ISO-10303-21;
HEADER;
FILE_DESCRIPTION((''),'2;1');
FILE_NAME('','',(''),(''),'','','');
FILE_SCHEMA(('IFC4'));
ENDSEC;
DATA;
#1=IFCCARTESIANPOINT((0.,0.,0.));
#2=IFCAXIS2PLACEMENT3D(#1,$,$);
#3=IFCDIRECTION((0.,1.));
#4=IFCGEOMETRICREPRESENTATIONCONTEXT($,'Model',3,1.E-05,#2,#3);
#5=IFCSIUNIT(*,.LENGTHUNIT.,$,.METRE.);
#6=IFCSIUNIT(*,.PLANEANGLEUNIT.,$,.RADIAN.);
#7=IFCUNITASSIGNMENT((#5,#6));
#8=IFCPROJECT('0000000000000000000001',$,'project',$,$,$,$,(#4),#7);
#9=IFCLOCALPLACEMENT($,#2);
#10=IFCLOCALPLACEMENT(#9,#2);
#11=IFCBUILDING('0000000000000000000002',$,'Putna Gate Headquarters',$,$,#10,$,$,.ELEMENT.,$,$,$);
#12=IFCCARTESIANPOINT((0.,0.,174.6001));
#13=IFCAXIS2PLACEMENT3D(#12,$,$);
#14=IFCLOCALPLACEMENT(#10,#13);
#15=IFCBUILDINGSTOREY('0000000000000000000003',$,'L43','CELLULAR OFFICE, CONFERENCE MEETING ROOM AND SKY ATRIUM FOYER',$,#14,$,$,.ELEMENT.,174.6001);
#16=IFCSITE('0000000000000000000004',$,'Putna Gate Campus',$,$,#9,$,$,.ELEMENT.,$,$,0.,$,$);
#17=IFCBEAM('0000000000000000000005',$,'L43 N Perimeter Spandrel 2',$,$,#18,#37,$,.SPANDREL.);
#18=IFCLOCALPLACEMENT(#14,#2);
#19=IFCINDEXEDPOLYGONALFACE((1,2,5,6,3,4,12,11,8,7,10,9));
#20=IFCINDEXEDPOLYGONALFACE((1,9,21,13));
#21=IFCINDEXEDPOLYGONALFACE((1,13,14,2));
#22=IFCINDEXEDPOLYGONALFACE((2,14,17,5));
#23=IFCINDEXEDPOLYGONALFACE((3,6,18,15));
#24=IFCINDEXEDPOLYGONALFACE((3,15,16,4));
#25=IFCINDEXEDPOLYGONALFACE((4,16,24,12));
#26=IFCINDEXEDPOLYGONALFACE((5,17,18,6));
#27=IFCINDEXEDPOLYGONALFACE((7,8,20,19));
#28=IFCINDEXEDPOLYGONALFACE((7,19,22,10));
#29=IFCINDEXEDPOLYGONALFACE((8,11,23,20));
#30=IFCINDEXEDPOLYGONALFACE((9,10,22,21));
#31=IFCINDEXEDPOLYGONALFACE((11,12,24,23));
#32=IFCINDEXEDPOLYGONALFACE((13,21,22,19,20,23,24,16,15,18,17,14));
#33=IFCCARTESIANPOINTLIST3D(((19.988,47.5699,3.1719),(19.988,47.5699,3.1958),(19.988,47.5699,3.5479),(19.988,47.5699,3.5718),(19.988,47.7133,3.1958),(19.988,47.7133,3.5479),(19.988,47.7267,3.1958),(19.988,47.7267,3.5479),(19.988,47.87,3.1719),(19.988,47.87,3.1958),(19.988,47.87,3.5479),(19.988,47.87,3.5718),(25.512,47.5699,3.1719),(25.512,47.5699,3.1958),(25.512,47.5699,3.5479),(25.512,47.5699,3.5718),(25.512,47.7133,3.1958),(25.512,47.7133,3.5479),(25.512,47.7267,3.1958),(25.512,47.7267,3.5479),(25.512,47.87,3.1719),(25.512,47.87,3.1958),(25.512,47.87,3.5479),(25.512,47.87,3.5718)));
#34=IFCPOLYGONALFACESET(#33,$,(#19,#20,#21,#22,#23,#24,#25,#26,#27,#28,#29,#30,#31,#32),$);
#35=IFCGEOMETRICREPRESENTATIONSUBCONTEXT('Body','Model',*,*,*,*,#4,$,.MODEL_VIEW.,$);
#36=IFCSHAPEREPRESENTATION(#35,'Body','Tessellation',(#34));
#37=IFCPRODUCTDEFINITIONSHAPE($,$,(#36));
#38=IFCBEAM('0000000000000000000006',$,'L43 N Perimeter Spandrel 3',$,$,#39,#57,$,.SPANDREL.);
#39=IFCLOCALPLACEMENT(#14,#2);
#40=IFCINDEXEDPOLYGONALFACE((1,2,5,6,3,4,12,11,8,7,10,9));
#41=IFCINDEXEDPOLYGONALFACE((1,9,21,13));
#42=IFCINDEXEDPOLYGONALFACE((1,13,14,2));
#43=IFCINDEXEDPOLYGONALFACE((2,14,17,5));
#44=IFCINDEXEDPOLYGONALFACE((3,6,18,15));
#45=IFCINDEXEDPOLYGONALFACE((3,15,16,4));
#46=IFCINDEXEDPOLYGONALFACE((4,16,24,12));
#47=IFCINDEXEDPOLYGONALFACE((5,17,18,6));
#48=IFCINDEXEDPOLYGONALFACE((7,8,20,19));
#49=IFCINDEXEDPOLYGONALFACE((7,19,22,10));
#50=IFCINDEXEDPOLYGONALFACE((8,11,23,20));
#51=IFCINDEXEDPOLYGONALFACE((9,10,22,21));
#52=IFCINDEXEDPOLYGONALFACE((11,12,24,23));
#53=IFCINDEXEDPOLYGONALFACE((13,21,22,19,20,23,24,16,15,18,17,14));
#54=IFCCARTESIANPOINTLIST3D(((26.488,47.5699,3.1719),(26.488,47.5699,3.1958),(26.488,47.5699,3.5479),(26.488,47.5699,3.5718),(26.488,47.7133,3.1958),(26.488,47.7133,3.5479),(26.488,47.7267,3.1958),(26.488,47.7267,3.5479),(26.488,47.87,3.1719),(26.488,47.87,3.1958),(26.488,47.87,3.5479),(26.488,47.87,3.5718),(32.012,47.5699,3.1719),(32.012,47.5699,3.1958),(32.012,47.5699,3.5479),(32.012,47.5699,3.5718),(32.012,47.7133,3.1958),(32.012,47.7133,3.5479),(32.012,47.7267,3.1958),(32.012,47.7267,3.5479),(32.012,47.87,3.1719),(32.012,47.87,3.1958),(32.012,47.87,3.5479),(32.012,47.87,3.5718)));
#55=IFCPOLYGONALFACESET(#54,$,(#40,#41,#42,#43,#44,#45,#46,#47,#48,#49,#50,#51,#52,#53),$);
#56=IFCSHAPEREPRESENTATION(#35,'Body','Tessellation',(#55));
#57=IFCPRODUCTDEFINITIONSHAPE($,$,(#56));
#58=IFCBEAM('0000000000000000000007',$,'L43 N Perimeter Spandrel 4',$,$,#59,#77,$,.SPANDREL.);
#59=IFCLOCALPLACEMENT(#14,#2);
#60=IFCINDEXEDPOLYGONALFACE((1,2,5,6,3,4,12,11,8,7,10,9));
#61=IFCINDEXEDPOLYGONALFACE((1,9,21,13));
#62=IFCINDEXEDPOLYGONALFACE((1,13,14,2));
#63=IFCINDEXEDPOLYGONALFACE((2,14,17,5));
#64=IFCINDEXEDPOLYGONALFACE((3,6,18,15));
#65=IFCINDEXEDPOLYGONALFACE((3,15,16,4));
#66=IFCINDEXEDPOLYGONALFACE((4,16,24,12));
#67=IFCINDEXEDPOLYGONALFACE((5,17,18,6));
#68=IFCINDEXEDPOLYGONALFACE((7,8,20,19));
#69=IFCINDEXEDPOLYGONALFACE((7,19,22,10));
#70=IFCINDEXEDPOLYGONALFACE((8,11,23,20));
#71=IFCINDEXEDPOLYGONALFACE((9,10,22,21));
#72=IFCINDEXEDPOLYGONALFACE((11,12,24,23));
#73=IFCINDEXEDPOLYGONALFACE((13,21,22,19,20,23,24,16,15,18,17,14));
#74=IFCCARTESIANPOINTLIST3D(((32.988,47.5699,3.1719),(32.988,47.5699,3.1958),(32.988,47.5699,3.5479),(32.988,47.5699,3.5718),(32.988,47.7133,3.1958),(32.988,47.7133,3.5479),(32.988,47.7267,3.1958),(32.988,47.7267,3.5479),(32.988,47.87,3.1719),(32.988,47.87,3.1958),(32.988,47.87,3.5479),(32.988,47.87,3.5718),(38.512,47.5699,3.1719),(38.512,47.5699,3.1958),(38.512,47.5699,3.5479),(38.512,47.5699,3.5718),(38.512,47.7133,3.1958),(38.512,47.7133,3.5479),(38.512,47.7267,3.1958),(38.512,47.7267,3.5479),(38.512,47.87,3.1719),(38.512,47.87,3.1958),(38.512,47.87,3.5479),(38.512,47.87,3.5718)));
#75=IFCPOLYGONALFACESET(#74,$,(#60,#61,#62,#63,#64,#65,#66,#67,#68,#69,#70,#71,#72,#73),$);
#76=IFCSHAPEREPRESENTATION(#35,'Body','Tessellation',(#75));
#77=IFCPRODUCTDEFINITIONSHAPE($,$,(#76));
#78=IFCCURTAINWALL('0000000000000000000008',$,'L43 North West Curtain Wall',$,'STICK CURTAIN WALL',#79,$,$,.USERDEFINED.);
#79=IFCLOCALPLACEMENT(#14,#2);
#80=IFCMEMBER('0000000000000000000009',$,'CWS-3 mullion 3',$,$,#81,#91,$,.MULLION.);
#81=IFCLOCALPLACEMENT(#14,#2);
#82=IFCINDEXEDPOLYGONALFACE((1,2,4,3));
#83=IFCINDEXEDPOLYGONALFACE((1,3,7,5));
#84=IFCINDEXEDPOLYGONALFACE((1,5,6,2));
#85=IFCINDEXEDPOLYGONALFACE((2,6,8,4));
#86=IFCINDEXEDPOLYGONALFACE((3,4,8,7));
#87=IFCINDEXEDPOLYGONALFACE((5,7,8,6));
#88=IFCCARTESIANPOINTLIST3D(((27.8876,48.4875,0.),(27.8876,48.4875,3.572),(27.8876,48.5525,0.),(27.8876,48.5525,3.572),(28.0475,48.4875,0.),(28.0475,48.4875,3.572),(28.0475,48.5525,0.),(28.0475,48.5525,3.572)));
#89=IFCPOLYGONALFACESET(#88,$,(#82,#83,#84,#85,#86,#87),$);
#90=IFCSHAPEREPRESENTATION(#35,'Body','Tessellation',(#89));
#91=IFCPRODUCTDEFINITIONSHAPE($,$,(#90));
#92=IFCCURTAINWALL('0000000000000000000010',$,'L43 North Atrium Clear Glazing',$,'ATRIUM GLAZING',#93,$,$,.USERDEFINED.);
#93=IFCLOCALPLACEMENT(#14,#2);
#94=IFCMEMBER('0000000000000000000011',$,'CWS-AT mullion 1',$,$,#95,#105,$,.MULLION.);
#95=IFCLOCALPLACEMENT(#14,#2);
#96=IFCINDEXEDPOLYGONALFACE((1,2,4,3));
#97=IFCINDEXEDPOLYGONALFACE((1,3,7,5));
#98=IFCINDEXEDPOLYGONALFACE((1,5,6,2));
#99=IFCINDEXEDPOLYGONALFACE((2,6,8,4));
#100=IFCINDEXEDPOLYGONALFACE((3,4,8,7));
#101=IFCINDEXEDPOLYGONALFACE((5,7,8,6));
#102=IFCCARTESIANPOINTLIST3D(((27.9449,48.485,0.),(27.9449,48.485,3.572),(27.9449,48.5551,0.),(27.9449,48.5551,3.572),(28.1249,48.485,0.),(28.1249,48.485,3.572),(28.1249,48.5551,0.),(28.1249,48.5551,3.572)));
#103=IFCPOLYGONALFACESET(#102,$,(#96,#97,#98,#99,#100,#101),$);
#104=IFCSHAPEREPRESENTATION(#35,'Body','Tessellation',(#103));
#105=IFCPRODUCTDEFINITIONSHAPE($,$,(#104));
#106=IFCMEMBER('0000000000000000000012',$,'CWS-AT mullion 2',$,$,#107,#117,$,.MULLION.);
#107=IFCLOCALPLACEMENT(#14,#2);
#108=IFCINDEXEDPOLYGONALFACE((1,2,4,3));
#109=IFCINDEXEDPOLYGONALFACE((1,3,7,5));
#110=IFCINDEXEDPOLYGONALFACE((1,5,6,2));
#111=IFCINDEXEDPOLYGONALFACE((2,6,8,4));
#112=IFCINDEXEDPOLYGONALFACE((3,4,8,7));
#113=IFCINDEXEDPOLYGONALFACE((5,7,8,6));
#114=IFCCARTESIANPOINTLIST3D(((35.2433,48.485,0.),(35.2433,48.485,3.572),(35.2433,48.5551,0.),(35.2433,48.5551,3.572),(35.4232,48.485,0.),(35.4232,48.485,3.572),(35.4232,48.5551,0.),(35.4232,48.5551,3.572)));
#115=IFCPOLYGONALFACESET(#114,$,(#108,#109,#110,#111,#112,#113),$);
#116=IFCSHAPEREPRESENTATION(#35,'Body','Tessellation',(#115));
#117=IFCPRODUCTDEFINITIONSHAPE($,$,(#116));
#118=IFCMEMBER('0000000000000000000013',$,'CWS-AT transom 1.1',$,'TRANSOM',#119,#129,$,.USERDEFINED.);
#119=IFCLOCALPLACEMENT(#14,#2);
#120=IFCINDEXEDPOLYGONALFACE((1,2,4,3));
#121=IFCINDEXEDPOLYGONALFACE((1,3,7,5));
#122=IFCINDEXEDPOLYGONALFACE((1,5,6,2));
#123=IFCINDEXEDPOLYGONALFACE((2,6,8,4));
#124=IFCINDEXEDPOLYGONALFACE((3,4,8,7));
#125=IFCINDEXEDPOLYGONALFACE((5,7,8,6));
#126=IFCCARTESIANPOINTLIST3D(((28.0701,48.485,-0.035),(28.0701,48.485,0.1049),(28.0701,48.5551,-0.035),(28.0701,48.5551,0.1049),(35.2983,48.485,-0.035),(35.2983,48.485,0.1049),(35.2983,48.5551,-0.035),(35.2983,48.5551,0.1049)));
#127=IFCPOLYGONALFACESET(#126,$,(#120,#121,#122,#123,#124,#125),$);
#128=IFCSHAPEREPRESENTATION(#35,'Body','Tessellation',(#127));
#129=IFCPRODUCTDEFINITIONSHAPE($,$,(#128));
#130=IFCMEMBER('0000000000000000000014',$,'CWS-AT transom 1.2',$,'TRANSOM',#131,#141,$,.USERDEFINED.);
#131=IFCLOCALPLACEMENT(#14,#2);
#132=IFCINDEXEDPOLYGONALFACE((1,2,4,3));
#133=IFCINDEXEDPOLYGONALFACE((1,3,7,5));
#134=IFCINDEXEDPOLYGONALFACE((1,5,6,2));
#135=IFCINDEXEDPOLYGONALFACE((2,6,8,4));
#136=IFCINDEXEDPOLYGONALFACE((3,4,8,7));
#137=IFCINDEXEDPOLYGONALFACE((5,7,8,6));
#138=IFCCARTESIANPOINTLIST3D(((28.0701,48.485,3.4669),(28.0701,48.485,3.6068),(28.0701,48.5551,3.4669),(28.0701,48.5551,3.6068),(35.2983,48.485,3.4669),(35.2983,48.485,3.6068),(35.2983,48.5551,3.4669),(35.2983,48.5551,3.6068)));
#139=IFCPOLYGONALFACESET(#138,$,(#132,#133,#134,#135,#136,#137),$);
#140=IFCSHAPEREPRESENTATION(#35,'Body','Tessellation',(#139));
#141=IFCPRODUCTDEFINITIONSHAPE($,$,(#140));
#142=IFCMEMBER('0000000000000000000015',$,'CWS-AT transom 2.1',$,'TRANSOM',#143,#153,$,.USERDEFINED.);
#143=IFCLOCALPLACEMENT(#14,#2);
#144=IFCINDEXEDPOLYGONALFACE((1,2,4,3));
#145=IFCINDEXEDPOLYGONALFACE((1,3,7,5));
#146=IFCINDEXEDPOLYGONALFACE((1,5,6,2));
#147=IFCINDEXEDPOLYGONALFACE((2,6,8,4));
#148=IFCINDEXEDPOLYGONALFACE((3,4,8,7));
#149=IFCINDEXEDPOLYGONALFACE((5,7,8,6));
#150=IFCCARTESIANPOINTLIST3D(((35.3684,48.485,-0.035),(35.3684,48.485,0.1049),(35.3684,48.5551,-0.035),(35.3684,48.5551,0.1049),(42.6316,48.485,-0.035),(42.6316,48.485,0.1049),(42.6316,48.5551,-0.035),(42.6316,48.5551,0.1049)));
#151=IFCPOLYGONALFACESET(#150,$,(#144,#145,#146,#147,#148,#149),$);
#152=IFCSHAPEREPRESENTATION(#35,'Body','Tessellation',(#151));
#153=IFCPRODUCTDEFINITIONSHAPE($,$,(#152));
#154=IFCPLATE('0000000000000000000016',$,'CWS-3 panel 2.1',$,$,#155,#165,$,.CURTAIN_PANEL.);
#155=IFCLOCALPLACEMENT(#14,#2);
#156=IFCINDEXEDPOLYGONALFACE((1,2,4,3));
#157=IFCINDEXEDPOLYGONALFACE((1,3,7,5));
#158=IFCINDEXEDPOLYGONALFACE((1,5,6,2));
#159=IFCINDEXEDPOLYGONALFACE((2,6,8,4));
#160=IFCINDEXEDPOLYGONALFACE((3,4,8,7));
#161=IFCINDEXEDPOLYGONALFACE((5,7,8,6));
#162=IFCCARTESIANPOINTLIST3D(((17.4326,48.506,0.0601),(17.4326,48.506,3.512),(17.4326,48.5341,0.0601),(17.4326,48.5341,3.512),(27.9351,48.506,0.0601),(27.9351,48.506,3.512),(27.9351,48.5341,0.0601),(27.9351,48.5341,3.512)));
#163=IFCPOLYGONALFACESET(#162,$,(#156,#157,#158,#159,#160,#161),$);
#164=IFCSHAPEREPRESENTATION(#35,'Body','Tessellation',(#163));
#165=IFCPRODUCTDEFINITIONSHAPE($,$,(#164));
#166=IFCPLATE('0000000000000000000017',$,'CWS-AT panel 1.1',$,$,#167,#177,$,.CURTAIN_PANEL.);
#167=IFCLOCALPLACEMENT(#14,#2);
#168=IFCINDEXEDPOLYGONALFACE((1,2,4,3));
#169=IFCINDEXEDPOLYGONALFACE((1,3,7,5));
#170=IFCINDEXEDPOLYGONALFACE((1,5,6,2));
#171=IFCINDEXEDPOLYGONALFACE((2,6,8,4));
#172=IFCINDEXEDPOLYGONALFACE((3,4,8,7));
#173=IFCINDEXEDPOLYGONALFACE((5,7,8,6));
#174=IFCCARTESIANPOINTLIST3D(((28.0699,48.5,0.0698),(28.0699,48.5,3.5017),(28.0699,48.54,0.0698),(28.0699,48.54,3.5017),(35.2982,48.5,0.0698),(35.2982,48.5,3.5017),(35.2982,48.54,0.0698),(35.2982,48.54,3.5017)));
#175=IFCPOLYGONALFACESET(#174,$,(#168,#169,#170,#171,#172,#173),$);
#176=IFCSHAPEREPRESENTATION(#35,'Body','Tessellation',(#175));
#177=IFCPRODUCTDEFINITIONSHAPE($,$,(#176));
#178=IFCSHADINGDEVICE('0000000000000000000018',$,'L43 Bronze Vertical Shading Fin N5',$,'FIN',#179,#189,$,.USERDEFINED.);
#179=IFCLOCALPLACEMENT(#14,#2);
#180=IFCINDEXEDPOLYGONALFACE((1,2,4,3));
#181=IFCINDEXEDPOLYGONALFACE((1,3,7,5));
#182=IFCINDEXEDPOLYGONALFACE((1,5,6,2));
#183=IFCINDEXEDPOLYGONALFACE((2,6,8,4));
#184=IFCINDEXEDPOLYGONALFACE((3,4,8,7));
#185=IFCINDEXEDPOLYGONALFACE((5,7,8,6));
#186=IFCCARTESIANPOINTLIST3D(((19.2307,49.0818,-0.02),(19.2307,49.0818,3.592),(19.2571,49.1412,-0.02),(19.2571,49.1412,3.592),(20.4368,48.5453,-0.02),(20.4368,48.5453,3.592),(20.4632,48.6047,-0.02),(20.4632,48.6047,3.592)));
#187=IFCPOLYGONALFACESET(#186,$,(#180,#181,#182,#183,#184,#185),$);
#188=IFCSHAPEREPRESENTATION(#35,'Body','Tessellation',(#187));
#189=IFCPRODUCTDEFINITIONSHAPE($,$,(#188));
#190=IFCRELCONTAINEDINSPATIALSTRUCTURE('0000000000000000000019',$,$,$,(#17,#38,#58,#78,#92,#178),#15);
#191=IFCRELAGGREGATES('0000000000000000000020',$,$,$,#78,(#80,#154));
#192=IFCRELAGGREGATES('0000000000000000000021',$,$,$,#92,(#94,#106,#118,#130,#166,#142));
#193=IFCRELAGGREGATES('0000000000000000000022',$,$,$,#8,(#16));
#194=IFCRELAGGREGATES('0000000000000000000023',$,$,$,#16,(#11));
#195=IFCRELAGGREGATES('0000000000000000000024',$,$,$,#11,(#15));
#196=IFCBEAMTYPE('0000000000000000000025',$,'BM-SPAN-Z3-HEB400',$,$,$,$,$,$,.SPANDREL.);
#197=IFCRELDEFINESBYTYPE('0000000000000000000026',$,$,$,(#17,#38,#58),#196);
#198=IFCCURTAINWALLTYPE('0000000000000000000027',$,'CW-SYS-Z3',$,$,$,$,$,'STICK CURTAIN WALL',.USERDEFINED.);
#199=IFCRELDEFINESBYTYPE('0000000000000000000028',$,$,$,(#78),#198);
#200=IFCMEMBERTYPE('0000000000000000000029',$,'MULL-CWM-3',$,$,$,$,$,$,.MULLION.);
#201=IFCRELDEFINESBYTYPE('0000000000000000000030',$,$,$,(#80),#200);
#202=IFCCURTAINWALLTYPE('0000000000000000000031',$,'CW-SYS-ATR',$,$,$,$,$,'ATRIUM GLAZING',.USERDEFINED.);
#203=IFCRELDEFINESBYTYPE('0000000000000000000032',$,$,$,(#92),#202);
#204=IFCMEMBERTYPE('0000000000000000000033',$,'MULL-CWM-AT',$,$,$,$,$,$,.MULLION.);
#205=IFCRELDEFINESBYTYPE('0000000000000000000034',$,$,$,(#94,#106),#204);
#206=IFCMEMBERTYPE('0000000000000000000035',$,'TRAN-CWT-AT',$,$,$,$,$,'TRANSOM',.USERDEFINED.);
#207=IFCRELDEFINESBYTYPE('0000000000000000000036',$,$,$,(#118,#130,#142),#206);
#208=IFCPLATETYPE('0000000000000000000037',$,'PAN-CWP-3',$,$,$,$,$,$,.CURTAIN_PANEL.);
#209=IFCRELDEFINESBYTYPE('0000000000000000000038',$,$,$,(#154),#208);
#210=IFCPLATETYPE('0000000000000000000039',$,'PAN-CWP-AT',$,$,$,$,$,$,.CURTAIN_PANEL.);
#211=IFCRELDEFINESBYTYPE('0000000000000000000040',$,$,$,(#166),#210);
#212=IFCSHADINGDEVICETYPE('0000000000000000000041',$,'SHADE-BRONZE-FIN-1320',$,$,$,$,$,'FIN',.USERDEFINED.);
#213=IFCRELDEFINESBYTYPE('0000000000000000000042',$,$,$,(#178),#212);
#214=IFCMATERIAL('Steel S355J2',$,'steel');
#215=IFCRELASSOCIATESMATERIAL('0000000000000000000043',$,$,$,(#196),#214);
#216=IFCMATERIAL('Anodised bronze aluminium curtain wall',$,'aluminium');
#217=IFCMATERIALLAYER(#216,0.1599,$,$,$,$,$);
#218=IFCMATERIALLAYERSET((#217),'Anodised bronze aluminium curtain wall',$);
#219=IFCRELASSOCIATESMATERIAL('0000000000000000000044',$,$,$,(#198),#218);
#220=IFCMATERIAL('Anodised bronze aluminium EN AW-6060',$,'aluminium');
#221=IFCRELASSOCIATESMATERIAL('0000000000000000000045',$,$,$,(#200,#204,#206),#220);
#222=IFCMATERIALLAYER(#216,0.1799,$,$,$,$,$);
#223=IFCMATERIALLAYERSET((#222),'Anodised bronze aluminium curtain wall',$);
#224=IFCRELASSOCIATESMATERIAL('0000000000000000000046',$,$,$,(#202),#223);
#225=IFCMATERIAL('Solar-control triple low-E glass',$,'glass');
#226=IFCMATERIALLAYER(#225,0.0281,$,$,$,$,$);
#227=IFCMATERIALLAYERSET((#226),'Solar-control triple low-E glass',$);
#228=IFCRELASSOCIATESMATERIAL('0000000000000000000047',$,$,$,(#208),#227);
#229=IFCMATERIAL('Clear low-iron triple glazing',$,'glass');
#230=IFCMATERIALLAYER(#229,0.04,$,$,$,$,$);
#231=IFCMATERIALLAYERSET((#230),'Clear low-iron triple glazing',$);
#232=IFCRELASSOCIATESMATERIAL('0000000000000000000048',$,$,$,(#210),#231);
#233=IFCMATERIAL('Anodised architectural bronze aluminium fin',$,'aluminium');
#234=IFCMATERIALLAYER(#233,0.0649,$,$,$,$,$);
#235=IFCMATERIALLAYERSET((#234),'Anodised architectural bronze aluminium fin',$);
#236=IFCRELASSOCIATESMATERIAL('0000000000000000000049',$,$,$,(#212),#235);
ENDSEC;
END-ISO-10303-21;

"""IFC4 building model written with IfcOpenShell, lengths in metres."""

from ifc_helpers import new_model, si_unit, direction, frame, origin, origin_2d, place, context, subcontext, project, spatial, rectangle, i_section, extrude, material, layer, layer_set, material_profile, profile_set, type_object, element, aggregate, save


model = new_model("IFC4")

# Units and contexts
model_context = context("Model", 3, precision=1e-05, world=origin(), true_north=direction((0.0, 1.0)))
body_context = subcontext(model_context, "Body", "Model", "MODEL_VIEW")
ifc_project = project(units=[si_unit("LENGTHUNIT", "METRE"), si_unit("PLANEANGLEUNIT", "RADIAN")], contexts=[model_context])

# Site, building, storey
site_placement = place(None, origin())
site = spatial("IfcSite", under=ifc_project, at=site_placement, Name="Putna Gate Campus", CompositionType="ELEMENT", RefElevation=0.0)
building_placement = place(site_placement, origin())
building = spatial("IfcBuilding", under=site, at=building_placement, Name="Putna Gate Headquarters", CompositionType="ELEMENT")
storey_placement = place(building_placement, frame((0.0, 0.0, 174.6001)))
storey = spatial("IfcBuildingStorey", under=building, at=storey_placement, Name="L43", Description="CELLULAR OFFICE, CONFERENCE MEETING ROOM AND SKY ATRIUM FOYER", CompositionType="ELEMENT", Elevation=174.6001)

# Beams
ifc_material_1 = material(Name="Steel S355J2", Category="steel")
ifc_material_profile_1 = material_profile(ifc_material_1, i_section(OverallWidth=0.3, OverallDepth=0.3999, WebThickness=0.0134, FlangeThickness=0.0239, at=origin_2d()), Name="Steel S355J2")
ifc_profile_set_1 = profile_set([ifc_material_profile_1], Name="Steel S355J2")
beam_type_1 = type_object("IfcBeamType", Name="BM-SPAN-Z3-HEB400", PredefinedType="SPANDREL", material=ifc_profile_set_1)
for number, where, z_axis, x_axis, name in (
    (1, (19.988, 47.72, 3.3718), (1.0, 0.0, 0.0), (0.0, 1.0, 0.0), "L43 N Perimeter Spandrel 2"),
    (2, (26.488, 47.72, 3.3718), (1.0, 0.0, 0.0), (0.0, 1.0, 0.0), "L43 N Perimeter Spandrel 3"),
    (3, (32.988, 47.72, 3.3718), (1.0, 0.0, 0.0), (0.0, 1.0, 0.0), "L43 N Perimeter Spandrel 4"),
):
    element("IfcBeam", number, at=place(storey_placement, frame(where, z_axis=z_axis, x_axis=x_axis)), inside=storey, type_object=beam_type_1, Name=name, PredefinedType="SPANDREL", context=body_context, shape_type="SweptSolid", body=[
        extrude(i_section(OverallWidth=0.3, OverallDepth=0.3999, WebThickness=0.0134, FlangeThickness=0.0239, at=origin_2d()), origin(), (0.0, 0.0, 1.0), 5.5239),
    ])

# Curtain wall, member
ifc_material_2 = material(Name="Anodised bronze aluminium curtain wall", Category="aluminium")
ifc_layer_1 = layer(ifc_material_2, 0.1599)
ifc_layer_set_1 = layer_set([ifc_layer_1], Name="Anodised bronze aluminium curtain wall")
curtain_wall_type_1 = type_object("IfcCurtainWallType", Name="CW-SYS-Z3", ElementType="STICK CURTAIN WALL", PredefinedType="USERDEFINED", material=ifc_layer_set_1)
curtain_wall_1_placement = place(storey_placement, origin())
curtain_wall_1 = element("IfcCurtainWall", 4, at=curtain_wall_1_placement, inside=storey, type_object=curtain_wall_type_1, Name="L43 North West Curtain Wall", ObjectType="STICK CURTAIN WALL", PredefinedType="USERDEFINED")
ifc_material_3 = material(Name="Anodised bronze aluminium EN AW-6060", Category="aluminium")
ifc_material_profile_2 = material_profile(ifc_material_3, rectangle(XDim=0.0649, YDim=0.1599, at=origin_2d()), Name="Anodised bronze aluminium EN AW-6060")
ifc_profile_set_2 = profile_set([ifc_material_profile_2], Name="Anodised bronze aluminium EN AW-6060")
member_type_1 = type_object("IfcMemberType", Name="MULL-CWM-3", PredefinedType="MULLION", material=ifc_profile_set_2)
member_1_placement = place(storey_placement, frame((27.9675, 48.52, 0.0), z_axis=(0.0, 0.0, 1.0), x_axis=(0.0, 1.0, 0.0)))
member_1 = element("IfcMember", 5, at=member_1_placement, type_object=member_type_1, Name="CWS-3 mullion 3", PredefinedType="MULLION", context=body_context, shape_type="SweptSolid", body=[
    extrude(rectangle(XDim=0.0649, YDim=0.1599, at=origin_2d()), origin(), (0.0, 0.0, 1.0), 3.572),
])

# Curtain wall, members
ifc_layer_2 = layer(ifc_material_2, 0.1799)
ifc_layer_set_2 = layer_set([ifc_layer_2], Name="Anodised bronze aluminium curtain wall")
curtain_wall_type_2 = type_object("IfcCurtainWallType", Name="CW-SYS-ATR", ElementType="ATRIUM GLAZING", PredefinedType="USERDEFINED", material=ifc_layer_set_2)
curtain_wall_2_placement = place(storey_placement, origin())
curtain_wall_2 = element("IfcCurtainWall", 6, at=curtain_wall_2_placement, inside=storey, type_object=curtain_wall_type_2, Name="L43 North Atrium Clear Glazing", ObjectType="ATRIUM GLAZING", PredefinedType="USERDEFINED")
ifc_material_profile_3 = material_profile(ifc_material_3, rectangle(XDim=0.0701, YDim=0.1799, at=origin_2d()), Name="Anodised bronze aluminium EN AW-6060")
ifc_profile_set_3 = profile_set([ifc_material_profile_3], Name="Anodised bronze aluminium EN AW-6060")
member_type_2 = type_object("IfcMemberType", Name="MULL-CWM-AT", PredefinedType="MULLION", material=ifc_profile_set_3)
member_2_placement = place(storey_placement, frame((28.0349, 48.52, 0.0), z_axis=(0.0, 0.0, 1.0), x_axis=(0.0, 1.0, 0.0)))
member_2 = element("IfcMember", 7, at=member_2_placement, type_object=member_type_2, Name="CWS-AT mullion 1", PredefinedType="MULLION", context=body_context, shape_type="SweptSolid", body=[
    extrude(rectangle(XDim=0.0701, YDim=0.1799, at=origin_2d()), origin(), (0.0, 0.0, 1.0), 3.572),
])
member_3_placement = place(storey_placement, frame((35.3333, 48.52, 0.0), z_axis=(0.0, 0.0, 1.0), x_axis=(0.0, 1.0, 0.0)))
member_3 = element("IfcMember", 8, at=member_3_placement, type_object=member_type_2, Name="CWS-AT mullion 2", PredefinedType="MULLION", context=body_context, shape_type="SweptSolid", body=[
    extrude(rectangle(XDim=0.0701, YDim=0.1799, at=origin_2d()), origin(), (0.0, 0.0, 1.0), 3.572),
])
ifc_material_profile_4 = material_profile(ifc_material_3, rectangle(XDim=0.0701, YDim=0.1399, at=origin_2d()), Name="Anodised bronze aluminium EN AW-6060")
ifc_profile_set_4 = profile_set([ifc_material_profile_4], Name="Anodised bronze aluminium EN AW-6060")
member_type_3 = type_object("IfcMemberType", Name="TRAN-CWT-AT", ElementType="TRANSOM", PredefinedType="USERDEFINED", material=ifc_profile_set_4)
member_4_placement = place(storey_placement, frame((28.0701, 48.52, 0.0349), z_axis=(1.0, 0.0, 0.0), x_axis=(0.0, 1.0, 0.0)))
member_4 = element("IfcMember", 9, at=member_4_placement, type_object=member_type_3, Name="CWS-AT transom 1.1", ObjectType="TRANSOM", PredefinedType="USERDEFINED", context=body_context, shape_type="SweptSolid", body=[
    extrude(rectangle(XDim=0.0701, YDim=0.1399, at=origin_2d()), origin(), (0.0, 0.0, 1.0), 7.2283),
])
member_5_placement = place(storey_placement, frame((28.0701, 48.52, 3.5369), z_axis=(1.0, 0.0, 0.0), x_axis=(0.0, 1.0, 0.0)))
member_5 = element("IfcMember", 10, at=member_5_placement, type_object=member_type_3, Name="CWS-AT transom 1.2", ObjectType="TRANSOM", PredefinedType="USERDEFINED", context=body_context, shape_type="SweptSolid", body=[
    extrude(rectangle(XDim=0.0701, YDim=0.1399, at=origin_2d()), origin(), (0.0, 0.0, 1.0), 7.2283),
])
member_6_placement = place(storey_placement, frame((35.3684, 48.52, 0.0349), z_axis=(1.0, 0.0, 0.0), x_axis=(0.0, 1.0, 0.0)))
member_6 = element("IfcMember", 11, at=member_6_placement, type_object=member_type_3, Name="CWS-AT transom 2.1", ObjectType="TRANSOM", PredefinedType="USERDEFINED", context=body_context, shape_type="SweptSolid", body=[
    extrude(rectangle(XDim=0.0701, YDim=0.1399, at=origin_2d()), origin(), (0.0, 0.0, 1.0), 7.2632),
])

# Plates
ifc_material_4 = material(Name="Solar-control triple low-E glass", Category="glass")
ifc_layer_3 = layer(ifc_material_4, 0.0281)
ifc_layer_set_3 = layer_set([ifc_layer_3], Name="Solar-control triple low-E glass")
plate_type_1 = type_object("IfcPlateType", Name="PAN-CWP-3", PredefinedType="CURTAIN_PANEL", material=ifc_layer_set_3)
plate_1_placement = place(storey_placement, frame((22.6838, 48.52, 0.0601), z_axis=(0.0, 0.0, 1.0), x_axis=(1.0, 0.0, 0.0)))
plate_1 = element("IfcPlate", 12, at=plate_1_placement, type_object=plate_type_1, Name="CWS-3 panel 2.1", PredefinedType="CURTAIN_PANEL", context=body_context, shape_type="SweptSolid", body=[
    extrude(rectangle(XDim=10.5024, YDim=0.0281, at=origin_2d()), origin(), (0.0, 0.0, 1.0), 3.4519),
])
aggregate(curtain_wall_1, [member_1, plate_1])
ifc_material_5 = material(Name="Clear low-iron triple glazing", Category="glass")
ifc_layer_4 = layer(ifc_material_5, 0.04)
ifc_layer_set_4 = layer_set([ifc_layer_4], Name="Clear low-iron triple glazing")
plate_type_2 = type_object("IfcPlateType", Name="PAN-CWP-AT", PredefinedType="CURTAIN_PANEL", material=ifc_layer_set_4)
plate_2_placement = place(storey_placement, frame((31.6841, 48.52, 0.0698), z_axis=(0.0, 0.0, 1.0), x_axis=(1.0, 0.0, 0.0)))
plate_2 = element("IfcPlate", 13, at=plate_2_placement, type_object=plate_type_2, Name="CWS-AT panel 1.1", PredefinedType="CURTAIN_PANEL", context=body_context, shape_type="SweptSolid", body=[
    extrude(rectangle(XDim=7.2283, YDim=0.04, at=origin_2d()), origin(), (0.0, 0.0, 1.0), 3.4319),
])
aggregate(curtain_wall_2, [member_2, member_3, member_4, member_5, plate_2, member_6])

# Shading device
ifc_material_6 = material(Name="Anodised architectural bronze aluminium fin", Category="aluminium")
ifc_layer_5 = layer(ifc_material_6, 0.0649)
ifc_layer_set_5 = layer_set([ifc_layer_5], Name="Anodised architectural bronze aluminium fin")
shading_device_type = type_object("IfcShadingDeviceType", Name="SHADE-BRONZE-FIN-1320", ElementType="FIN", PredefinedType="USERDEFINED", material=ifc_layer_set_5)
for number, where, z_axis, x_axis, name in (
    (14, (19.8469, 48.8433, -0.02), (0.0, 0.0, 1.0), (-0.913687, 0.406418, 0.0), "L43 Bronze Vertical Shading Fin N5"),
):
    element("IfcShadingDevice", number, at=place(storey_placement, frame(where, z_axis=z_axis, x_axis=x_axis)), inside=storey, type_object=shading_device_type, Name=name, ObjectType="FIN", PredefinedType="USERDEFINED", context=body_context, shape_type="SweptSolid", body=[
        extrude(rectangle(XDim=1.3201, YDim=0.0649, at=origin_2d()), origin(), (0.0, 0.0, 1.0), 3.6121),
    ])

save(model, "model.ifc")
